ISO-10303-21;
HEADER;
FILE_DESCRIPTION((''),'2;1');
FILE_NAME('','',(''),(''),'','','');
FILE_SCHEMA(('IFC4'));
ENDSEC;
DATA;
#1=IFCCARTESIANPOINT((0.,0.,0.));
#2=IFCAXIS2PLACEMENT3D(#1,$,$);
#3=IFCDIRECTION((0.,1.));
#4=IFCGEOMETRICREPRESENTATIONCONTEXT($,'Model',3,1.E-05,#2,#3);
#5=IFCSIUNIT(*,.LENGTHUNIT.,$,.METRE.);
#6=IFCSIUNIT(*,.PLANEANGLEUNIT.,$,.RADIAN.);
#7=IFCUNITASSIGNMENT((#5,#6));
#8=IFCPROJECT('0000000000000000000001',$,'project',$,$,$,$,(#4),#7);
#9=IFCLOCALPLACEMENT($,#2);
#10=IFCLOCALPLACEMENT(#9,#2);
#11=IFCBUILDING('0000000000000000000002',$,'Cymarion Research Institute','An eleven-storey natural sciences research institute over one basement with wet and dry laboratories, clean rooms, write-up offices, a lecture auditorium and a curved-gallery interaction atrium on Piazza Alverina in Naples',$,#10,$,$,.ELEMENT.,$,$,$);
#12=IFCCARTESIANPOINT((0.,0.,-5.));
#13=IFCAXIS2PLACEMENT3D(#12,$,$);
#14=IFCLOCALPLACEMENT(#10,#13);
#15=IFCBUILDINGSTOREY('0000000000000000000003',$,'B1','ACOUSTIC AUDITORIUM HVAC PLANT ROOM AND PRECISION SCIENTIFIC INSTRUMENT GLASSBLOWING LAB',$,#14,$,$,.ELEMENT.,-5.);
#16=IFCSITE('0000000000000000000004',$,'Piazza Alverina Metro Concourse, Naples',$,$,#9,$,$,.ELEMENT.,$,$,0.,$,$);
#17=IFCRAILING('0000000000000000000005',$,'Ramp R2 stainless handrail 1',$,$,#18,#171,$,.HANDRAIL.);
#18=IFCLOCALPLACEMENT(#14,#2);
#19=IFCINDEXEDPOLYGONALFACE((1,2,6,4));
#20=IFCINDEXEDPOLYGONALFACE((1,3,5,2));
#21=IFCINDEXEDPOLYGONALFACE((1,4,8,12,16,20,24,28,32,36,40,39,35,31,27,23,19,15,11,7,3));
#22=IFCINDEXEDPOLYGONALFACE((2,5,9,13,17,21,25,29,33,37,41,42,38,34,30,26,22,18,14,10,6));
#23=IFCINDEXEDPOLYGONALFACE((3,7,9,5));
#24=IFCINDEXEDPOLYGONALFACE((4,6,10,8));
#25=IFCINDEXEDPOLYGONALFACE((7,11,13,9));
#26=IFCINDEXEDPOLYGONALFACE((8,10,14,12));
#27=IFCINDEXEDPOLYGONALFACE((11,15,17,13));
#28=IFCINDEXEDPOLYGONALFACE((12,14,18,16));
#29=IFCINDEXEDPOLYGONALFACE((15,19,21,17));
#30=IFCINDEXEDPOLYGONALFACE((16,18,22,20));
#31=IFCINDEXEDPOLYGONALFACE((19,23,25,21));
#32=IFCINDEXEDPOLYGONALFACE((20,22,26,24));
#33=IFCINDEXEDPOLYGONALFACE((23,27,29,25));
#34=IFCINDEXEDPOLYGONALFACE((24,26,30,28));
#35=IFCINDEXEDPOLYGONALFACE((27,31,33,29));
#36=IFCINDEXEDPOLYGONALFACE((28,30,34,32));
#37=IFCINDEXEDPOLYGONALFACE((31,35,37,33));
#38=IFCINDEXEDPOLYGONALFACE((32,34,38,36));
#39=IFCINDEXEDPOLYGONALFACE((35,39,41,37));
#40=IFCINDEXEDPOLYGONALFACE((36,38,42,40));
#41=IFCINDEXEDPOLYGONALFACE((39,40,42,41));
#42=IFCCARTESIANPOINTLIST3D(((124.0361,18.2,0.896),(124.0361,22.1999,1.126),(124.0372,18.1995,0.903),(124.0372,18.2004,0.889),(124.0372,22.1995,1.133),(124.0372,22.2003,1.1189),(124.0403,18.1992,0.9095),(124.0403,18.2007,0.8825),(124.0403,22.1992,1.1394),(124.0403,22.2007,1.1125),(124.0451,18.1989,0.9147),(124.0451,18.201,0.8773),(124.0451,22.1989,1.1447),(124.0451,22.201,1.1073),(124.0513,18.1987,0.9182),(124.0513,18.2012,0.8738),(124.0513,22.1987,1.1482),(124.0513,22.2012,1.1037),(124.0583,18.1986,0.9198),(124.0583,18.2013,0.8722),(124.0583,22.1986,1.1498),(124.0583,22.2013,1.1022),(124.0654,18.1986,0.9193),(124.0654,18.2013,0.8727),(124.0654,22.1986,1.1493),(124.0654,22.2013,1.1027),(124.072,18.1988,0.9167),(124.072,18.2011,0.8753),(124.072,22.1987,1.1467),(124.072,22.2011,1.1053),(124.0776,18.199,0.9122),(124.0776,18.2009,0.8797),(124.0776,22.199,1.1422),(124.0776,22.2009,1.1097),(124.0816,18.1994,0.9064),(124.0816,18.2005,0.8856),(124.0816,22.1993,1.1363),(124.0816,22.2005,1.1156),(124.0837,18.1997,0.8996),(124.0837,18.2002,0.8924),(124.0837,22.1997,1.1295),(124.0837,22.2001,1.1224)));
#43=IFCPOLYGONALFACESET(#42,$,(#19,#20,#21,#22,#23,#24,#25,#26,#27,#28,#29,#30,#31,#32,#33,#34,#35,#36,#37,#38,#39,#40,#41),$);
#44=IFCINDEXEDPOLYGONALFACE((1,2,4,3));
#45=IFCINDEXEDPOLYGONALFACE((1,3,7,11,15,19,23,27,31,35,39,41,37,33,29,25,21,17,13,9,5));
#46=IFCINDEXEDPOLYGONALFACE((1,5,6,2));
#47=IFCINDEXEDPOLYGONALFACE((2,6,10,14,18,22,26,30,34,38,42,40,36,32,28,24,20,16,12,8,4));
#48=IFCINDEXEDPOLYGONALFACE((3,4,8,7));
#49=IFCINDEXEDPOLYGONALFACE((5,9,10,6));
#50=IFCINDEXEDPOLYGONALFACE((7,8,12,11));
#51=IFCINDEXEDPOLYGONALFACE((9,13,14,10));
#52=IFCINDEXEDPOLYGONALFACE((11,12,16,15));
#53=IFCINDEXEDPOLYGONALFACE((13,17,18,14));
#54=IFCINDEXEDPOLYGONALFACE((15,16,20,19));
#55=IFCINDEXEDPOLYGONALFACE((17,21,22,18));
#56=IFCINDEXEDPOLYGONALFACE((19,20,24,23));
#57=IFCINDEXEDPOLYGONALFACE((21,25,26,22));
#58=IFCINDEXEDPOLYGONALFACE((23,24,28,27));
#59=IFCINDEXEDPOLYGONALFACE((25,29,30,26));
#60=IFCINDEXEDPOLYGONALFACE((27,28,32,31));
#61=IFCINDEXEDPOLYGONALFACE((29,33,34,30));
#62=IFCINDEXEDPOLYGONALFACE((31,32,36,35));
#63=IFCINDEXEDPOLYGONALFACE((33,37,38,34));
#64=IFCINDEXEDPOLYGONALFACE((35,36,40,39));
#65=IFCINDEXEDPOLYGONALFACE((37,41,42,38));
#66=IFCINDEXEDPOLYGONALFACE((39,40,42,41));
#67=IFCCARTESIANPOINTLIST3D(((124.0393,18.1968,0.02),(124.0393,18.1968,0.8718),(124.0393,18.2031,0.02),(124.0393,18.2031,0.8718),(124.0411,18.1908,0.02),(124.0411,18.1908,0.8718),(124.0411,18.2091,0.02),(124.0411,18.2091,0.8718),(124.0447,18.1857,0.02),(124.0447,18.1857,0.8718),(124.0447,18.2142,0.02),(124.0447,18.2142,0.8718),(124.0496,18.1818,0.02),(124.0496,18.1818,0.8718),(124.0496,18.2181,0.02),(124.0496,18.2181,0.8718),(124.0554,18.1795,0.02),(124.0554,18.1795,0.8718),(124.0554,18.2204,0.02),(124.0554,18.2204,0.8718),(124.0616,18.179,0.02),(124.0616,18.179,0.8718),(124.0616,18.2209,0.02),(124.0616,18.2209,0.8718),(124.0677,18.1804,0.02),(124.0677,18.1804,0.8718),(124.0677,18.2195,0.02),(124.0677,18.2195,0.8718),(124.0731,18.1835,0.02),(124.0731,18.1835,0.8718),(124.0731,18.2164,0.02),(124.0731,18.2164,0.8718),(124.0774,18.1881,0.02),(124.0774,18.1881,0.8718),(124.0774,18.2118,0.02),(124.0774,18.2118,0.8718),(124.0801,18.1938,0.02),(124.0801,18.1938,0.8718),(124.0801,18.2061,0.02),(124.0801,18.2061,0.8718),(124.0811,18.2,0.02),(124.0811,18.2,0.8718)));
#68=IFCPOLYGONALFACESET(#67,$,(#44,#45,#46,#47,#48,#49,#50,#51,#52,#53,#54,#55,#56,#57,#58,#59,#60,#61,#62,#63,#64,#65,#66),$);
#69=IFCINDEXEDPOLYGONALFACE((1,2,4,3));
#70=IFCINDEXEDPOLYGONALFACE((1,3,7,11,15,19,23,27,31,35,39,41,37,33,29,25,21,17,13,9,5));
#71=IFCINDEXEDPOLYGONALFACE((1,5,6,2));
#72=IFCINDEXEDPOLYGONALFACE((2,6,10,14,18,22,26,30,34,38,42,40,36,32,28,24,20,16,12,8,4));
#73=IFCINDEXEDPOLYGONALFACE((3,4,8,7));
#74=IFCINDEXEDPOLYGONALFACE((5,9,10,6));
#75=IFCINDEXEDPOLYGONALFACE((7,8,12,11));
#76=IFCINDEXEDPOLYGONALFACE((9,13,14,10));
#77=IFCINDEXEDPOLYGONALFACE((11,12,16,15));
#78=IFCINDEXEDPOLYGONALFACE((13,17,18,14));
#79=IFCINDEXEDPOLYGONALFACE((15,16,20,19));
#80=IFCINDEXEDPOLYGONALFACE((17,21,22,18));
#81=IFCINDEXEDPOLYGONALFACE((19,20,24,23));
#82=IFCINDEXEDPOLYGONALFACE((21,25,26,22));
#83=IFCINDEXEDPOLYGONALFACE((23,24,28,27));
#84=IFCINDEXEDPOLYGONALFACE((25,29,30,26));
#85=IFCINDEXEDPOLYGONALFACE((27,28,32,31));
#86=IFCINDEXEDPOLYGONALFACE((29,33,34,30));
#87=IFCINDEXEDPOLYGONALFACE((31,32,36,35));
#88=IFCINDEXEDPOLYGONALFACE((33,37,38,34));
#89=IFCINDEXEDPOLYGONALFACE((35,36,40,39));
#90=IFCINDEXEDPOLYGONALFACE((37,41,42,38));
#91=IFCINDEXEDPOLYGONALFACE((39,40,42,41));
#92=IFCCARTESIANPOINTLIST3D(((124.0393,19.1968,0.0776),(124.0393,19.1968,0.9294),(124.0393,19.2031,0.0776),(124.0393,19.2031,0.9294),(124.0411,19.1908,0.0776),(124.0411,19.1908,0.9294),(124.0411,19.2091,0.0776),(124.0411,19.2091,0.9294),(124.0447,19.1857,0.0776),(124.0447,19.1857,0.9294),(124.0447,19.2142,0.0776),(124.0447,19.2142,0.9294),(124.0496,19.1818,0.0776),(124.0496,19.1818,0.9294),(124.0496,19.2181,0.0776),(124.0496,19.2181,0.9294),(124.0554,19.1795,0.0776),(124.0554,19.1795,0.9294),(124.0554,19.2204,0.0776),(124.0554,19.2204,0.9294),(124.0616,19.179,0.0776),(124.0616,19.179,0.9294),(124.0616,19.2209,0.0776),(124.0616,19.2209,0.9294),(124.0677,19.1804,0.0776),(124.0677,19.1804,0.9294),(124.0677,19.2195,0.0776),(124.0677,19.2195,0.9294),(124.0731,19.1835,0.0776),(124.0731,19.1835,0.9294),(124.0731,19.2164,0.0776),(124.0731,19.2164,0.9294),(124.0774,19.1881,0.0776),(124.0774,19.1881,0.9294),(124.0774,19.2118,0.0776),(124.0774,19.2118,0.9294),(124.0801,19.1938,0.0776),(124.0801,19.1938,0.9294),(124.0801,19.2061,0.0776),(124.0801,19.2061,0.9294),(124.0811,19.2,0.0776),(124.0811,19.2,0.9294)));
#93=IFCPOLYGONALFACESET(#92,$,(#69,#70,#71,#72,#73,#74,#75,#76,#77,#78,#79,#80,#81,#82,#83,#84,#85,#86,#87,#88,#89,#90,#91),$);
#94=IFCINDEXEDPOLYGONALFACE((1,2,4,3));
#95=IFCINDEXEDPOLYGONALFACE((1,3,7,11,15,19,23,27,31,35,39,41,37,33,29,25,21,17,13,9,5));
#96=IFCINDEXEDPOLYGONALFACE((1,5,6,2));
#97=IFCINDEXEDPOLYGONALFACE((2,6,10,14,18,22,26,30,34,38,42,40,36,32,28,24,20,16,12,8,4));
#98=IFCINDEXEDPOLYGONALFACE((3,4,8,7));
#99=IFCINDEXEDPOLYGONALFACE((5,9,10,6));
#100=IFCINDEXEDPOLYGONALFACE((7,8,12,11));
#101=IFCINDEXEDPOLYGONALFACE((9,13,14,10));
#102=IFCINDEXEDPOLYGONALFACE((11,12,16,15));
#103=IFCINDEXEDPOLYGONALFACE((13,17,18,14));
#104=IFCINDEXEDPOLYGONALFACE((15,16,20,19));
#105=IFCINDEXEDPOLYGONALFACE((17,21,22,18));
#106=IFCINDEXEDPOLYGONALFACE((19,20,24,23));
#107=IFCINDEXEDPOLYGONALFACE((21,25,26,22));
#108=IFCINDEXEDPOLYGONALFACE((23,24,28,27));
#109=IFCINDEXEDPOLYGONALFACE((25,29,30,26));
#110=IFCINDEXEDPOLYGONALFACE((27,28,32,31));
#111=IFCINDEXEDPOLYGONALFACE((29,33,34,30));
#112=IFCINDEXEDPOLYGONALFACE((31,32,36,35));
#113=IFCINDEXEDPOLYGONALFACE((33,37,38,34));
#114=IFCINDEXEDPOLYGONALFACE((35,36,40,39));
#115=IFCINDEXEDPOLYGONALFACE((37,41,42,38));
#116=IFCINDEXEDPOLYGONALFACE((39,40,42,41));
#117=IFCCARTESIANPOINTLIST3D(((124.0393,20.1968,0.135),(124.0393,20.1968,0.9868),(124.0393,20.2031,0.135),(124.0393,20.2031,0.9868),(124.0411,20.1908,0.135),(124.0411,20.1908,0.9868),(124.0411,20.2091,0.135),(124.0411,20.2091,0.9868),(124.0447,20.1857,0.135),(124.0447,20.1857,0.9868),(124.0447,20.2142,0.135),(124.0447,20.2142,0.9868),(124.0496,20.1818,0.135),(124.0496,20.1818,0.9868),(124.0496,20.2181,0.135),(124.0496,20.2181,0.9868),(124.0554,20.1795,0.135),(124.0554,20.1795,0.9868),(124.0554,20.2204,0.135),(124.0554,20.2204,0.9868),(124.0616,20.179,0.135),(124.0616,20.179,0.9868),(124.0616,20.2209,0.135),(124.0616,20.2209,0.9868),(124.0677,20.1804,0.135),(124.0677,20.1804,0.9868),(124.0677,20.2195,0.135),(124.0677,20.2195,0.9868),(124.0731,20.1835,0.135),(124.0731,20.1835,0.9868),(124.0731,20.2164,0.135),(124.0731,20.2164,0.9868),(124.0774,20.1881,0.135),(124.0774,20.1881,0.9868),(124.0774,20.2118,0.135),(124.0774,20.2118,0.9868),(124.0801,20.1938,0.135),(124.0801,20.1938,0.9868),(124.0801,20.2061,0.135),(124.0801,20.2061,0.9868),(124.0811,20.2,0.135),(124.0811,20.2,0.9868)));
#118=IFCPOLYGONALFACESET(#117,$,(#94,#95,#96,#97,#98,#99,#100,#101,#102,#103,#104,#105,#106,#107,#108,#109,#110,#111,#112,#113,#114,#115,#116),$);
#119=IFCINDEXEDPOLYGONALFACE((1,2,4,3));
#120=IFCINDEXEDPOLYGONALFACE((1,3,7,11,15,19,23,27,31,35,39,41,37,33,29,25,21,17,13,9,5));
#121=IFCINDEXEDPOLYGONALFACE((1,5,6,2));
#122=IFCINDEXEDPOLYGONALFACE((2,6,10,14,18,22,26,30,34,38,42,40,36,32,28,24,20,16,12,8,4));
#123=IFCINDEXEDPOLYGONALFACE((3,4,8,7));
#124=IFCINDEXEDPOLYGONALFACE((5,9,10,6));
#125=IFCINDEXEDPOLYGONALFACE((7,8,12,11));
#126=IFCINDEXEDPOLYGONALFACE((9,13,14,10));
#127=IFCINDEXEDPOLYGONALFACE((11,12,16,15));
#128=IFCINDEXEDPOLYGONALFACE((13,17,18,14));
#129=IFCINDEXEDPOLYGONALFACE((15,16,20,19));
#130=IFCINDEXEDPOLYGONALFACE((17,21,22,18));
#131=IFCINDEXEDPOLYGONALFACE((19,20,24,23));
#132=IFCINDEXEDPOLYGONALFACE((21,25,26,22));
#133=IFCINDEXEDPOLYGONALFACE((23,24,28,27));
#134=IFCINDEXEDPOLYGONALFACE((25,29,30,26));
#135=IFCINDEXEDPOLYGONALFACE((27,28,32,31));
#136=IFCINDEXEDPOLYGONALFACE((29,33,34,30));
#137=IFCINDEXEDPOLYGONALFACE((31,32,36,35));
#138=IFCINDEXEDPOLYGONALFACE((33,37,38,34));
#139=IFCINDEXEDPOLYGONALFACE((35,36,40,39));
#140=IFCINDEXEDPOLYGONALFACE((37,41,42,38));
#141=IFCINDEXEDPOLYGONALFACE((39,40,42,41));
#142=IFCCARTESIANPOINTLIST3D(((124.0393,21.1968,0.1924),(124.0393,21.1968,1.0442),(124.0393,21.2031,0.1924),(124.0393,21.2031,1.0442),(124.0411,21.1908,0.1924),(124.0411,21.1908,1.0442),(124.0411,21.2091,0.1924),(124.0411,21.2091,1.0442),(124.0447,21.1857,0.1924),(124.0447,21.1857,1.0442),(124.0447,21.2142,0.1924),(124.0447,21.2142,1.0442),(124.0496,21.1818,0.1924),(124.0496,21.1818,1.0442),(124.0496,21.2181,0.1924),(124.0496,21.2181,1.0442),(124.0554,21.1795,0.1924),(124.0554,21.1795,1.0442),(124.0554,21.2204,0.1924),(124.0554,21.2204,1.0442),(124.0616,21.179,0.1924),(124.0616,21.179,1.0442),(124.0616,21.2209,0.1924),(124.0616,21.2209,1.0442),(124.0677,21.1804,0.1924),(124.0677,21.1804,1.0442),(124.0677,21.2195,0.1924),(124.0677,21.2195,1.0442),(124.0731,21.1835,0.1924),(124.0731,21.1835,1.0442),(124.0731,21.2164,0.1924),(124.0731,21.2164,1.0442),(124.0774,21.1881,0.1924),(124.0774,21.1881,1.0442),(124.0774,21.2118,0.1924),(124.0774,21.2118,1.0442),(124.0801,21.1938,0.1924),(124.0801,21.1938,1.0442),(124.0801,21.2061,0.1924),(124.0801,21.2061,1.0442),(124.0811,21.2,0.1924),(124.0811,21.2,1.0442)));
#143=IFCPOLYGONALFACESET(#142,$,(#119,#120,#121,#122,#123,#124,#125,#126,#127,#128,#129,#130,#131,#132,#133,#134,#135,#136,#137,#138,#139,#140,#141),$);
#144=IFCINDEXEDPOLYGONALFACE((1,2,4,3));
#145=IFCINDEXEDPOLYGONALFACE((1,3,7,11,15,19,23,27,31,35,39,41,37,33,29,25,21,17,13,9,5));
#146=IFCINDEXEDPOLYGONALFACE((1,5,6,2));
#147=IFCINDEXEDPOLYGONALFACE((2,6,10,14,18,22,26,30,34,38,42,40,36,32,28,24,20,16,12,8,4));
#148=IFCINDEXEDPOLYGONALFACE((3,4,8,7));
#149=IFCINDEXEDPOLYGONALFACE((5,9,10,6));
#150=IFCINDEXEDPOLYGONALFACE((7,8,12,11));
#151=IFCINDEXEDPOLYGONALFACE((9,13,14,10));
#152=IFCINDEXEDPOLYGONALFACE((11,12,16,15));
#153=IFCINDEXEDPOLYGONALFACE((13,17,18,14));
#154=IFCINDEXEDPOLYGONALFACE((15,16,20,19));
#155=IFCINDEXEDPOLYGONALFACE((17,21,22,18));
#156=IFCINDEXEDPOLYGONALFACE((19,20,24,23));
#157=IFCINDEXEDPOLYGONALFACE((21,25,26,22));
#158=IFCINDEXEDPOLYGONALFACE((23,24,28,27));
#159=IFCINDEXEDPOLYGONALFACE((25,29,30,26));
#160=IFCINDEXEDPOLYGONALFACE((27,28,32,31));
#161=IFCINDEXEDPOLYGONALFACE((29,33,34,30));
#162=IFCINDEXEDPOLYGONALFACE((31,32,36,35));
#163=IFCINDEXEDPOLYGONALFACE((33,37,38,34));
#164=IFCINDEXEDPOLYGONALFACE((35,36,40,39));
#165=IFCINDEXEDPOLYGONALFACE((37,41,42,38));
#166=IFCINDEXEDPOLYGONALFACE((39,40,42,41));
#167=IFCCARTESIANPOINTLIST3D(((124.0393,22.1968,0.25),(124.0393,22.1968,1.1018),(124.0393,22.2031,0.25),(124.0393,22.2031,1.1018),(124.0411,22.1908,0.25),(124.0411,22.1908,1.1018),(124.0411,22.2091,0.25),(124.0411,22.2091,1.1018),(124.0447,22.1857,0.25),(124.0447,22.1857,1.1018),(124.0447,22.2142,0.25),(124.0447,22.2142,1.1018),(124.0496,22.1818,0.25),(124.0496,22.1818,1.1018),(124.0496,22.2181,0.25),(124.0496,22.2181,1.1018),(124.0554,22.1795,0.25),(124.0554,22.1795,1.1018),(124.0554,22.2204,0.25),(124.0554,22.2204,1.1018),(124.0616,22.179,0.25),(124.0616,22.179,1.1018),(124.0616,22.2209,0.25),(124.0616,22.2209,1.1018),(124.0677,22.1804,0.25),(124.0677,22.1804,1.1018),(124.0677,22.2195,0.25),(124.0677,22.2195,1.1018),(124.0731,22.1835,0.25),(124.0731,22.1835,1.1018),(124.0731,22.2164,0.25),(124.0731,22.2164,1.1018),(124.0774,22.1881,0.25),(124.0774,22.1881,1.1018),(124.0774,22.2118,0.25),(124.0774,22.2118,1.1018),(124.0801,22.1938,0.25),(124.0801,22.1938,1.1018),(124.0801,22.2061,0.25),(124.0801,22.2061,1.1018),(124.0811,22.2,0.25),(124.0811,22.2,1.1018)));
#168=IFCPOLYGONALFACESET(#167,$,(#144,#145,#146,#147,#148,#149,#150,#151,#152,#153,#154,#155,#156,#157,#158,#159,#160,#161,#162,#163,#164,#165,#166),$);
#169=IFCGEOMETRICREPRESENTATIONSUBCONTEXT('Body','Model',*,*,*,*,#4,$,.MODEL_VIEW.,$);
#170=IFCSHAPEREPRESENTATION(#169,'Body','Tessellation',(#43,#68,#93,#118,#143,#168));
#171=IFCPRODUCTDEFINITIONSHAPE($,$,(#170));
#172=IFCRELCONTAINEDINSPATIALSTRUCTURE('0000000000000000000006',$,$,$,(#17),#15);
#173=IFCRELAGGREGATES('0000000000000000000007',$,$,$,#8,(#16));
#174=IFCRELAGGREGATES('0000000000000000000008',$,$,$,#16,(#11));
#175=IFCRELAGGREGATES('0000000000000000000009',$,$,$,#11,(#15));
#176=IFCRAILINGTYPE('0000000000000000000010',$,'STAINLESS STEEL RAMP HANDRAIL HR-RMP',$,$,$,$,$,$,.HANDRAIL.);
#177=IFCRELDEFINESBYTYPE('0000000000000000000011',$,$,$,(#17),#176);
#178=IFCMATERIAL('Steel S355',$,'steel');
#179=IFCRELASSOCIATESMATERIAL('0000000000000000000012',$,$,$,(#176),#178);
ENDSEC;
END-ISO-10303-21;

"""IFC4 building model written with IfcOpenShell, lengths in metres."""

from ifc_helpers import new_model, si_unit, direction, frame, origin, origin_2d, place, context, subcontext, project, spatial, circle, extrude, material, type_object, element, save


model = new_model("IFC4")

# Units and contexts
model_context = context("Model", 3, precision=1e-05, world=origin(), true_north=direction((0.0, 1.0)))
body_context = subcontext(model_context, "Body", "Model", "MODEL_VIEW")
ifc_project = project(units=[si_unit("LENGTHUNIT", "METRE"), si_unit("PLANEANGLEUNIT", "RADIAN")], contexts=[model_context])

# Site, building, storey
site_placement = place(None, origin())
site = spatial("IfcSite", under=ifc_project, at=site_placement, Name="Piazza Alverina Metro Concourse, Naples", CompositionType="ELEMENT", RefElevation=0.0)
building_placement = place(site_placement, origin())
building = spatial("IfcBuilding", under=site, at=building_placement, Name="Cymarion Research Institute", Description="An eleven-storey natural sciences research institute over one basement with wet and dry laboratories, clean rooms, write-up offices, a lecture auditorium and a curved-gallery interaction atrium on Piazza Alverina in Naples", CompositionType="ELEMENT")
storey_placement = place(building_placement, frame((0.0, 0.0, -5.0)))
storey = spatial("IfcBuildingStorey", under=building, at=storey_placement, Name="B1", Description="ACOUSTIC AUDITORIUM HVAC PLANT ROOM AND PRECISION SCIENTIFIC INSTRUMENT GLASSBLOWING LAB", CompositionType="ELEMENT", Elevation=-5.0)

# Shared definitions
ifc_material_1 = material(Name="Steel S355", Category="steel")

# Railing
railing_type = type_object("IfcRailingType", Name="STAINLESS STEEL RAMP HANDRAIL HR-RMP", PredefinedType="HANDRAIL", material=ifc_material_1)
for number, where, name in (
    (1, (124.0601, 18.2, 0.02), "Ramp R2 stainless handrail 1"),
):
    element("IfcRailing", number, at=place(storey_placement, frame(where)), inside=storey, type_object=railing_type, Name=name, PredefinedType="HANDRAIL", context=body_context, shape_type="SweptSolid", body=[
        extrude(circle(Radius=0.0239, at=origin_2d()), frame((0.0, 0.0, 0.876), z_axis=(0.0, 0.998351, 0.0574), x_axis=(-1.0, 0.0, 0.0)), (0.0, 0.0, 1.0), 4.0066),
        extrude(circle(Radius=0.021, at=origin_2d()), origin(), (0.0, 0.0, 1.0), 0.8518),
        extrude(circle(Radius=0.021, at=origin_2d()), frame((0.0, 1.0, 0.0576)), (0.0, 0.0, 1.0), 0.8518),
        extrude(circle(Radius=0.021, at=origin_2d()), frame((0.0, 2.0, 0.115)), (0.0, 0.0, 1.0), 0.8518),
        extrude(circle(Radius=0.021, at=origin_2d()), frame((0.0, 3.0, 0.1724)), (0.0, 0.0, 1.0), 0.8518),
        extrude(circle(Radius=0.021, at=origin_2d()), frame((0.0, 4.0, 0.23)), (0.0, 0.0, 1.0), 0.8518),
    ])

save(model, "model.ifc")
